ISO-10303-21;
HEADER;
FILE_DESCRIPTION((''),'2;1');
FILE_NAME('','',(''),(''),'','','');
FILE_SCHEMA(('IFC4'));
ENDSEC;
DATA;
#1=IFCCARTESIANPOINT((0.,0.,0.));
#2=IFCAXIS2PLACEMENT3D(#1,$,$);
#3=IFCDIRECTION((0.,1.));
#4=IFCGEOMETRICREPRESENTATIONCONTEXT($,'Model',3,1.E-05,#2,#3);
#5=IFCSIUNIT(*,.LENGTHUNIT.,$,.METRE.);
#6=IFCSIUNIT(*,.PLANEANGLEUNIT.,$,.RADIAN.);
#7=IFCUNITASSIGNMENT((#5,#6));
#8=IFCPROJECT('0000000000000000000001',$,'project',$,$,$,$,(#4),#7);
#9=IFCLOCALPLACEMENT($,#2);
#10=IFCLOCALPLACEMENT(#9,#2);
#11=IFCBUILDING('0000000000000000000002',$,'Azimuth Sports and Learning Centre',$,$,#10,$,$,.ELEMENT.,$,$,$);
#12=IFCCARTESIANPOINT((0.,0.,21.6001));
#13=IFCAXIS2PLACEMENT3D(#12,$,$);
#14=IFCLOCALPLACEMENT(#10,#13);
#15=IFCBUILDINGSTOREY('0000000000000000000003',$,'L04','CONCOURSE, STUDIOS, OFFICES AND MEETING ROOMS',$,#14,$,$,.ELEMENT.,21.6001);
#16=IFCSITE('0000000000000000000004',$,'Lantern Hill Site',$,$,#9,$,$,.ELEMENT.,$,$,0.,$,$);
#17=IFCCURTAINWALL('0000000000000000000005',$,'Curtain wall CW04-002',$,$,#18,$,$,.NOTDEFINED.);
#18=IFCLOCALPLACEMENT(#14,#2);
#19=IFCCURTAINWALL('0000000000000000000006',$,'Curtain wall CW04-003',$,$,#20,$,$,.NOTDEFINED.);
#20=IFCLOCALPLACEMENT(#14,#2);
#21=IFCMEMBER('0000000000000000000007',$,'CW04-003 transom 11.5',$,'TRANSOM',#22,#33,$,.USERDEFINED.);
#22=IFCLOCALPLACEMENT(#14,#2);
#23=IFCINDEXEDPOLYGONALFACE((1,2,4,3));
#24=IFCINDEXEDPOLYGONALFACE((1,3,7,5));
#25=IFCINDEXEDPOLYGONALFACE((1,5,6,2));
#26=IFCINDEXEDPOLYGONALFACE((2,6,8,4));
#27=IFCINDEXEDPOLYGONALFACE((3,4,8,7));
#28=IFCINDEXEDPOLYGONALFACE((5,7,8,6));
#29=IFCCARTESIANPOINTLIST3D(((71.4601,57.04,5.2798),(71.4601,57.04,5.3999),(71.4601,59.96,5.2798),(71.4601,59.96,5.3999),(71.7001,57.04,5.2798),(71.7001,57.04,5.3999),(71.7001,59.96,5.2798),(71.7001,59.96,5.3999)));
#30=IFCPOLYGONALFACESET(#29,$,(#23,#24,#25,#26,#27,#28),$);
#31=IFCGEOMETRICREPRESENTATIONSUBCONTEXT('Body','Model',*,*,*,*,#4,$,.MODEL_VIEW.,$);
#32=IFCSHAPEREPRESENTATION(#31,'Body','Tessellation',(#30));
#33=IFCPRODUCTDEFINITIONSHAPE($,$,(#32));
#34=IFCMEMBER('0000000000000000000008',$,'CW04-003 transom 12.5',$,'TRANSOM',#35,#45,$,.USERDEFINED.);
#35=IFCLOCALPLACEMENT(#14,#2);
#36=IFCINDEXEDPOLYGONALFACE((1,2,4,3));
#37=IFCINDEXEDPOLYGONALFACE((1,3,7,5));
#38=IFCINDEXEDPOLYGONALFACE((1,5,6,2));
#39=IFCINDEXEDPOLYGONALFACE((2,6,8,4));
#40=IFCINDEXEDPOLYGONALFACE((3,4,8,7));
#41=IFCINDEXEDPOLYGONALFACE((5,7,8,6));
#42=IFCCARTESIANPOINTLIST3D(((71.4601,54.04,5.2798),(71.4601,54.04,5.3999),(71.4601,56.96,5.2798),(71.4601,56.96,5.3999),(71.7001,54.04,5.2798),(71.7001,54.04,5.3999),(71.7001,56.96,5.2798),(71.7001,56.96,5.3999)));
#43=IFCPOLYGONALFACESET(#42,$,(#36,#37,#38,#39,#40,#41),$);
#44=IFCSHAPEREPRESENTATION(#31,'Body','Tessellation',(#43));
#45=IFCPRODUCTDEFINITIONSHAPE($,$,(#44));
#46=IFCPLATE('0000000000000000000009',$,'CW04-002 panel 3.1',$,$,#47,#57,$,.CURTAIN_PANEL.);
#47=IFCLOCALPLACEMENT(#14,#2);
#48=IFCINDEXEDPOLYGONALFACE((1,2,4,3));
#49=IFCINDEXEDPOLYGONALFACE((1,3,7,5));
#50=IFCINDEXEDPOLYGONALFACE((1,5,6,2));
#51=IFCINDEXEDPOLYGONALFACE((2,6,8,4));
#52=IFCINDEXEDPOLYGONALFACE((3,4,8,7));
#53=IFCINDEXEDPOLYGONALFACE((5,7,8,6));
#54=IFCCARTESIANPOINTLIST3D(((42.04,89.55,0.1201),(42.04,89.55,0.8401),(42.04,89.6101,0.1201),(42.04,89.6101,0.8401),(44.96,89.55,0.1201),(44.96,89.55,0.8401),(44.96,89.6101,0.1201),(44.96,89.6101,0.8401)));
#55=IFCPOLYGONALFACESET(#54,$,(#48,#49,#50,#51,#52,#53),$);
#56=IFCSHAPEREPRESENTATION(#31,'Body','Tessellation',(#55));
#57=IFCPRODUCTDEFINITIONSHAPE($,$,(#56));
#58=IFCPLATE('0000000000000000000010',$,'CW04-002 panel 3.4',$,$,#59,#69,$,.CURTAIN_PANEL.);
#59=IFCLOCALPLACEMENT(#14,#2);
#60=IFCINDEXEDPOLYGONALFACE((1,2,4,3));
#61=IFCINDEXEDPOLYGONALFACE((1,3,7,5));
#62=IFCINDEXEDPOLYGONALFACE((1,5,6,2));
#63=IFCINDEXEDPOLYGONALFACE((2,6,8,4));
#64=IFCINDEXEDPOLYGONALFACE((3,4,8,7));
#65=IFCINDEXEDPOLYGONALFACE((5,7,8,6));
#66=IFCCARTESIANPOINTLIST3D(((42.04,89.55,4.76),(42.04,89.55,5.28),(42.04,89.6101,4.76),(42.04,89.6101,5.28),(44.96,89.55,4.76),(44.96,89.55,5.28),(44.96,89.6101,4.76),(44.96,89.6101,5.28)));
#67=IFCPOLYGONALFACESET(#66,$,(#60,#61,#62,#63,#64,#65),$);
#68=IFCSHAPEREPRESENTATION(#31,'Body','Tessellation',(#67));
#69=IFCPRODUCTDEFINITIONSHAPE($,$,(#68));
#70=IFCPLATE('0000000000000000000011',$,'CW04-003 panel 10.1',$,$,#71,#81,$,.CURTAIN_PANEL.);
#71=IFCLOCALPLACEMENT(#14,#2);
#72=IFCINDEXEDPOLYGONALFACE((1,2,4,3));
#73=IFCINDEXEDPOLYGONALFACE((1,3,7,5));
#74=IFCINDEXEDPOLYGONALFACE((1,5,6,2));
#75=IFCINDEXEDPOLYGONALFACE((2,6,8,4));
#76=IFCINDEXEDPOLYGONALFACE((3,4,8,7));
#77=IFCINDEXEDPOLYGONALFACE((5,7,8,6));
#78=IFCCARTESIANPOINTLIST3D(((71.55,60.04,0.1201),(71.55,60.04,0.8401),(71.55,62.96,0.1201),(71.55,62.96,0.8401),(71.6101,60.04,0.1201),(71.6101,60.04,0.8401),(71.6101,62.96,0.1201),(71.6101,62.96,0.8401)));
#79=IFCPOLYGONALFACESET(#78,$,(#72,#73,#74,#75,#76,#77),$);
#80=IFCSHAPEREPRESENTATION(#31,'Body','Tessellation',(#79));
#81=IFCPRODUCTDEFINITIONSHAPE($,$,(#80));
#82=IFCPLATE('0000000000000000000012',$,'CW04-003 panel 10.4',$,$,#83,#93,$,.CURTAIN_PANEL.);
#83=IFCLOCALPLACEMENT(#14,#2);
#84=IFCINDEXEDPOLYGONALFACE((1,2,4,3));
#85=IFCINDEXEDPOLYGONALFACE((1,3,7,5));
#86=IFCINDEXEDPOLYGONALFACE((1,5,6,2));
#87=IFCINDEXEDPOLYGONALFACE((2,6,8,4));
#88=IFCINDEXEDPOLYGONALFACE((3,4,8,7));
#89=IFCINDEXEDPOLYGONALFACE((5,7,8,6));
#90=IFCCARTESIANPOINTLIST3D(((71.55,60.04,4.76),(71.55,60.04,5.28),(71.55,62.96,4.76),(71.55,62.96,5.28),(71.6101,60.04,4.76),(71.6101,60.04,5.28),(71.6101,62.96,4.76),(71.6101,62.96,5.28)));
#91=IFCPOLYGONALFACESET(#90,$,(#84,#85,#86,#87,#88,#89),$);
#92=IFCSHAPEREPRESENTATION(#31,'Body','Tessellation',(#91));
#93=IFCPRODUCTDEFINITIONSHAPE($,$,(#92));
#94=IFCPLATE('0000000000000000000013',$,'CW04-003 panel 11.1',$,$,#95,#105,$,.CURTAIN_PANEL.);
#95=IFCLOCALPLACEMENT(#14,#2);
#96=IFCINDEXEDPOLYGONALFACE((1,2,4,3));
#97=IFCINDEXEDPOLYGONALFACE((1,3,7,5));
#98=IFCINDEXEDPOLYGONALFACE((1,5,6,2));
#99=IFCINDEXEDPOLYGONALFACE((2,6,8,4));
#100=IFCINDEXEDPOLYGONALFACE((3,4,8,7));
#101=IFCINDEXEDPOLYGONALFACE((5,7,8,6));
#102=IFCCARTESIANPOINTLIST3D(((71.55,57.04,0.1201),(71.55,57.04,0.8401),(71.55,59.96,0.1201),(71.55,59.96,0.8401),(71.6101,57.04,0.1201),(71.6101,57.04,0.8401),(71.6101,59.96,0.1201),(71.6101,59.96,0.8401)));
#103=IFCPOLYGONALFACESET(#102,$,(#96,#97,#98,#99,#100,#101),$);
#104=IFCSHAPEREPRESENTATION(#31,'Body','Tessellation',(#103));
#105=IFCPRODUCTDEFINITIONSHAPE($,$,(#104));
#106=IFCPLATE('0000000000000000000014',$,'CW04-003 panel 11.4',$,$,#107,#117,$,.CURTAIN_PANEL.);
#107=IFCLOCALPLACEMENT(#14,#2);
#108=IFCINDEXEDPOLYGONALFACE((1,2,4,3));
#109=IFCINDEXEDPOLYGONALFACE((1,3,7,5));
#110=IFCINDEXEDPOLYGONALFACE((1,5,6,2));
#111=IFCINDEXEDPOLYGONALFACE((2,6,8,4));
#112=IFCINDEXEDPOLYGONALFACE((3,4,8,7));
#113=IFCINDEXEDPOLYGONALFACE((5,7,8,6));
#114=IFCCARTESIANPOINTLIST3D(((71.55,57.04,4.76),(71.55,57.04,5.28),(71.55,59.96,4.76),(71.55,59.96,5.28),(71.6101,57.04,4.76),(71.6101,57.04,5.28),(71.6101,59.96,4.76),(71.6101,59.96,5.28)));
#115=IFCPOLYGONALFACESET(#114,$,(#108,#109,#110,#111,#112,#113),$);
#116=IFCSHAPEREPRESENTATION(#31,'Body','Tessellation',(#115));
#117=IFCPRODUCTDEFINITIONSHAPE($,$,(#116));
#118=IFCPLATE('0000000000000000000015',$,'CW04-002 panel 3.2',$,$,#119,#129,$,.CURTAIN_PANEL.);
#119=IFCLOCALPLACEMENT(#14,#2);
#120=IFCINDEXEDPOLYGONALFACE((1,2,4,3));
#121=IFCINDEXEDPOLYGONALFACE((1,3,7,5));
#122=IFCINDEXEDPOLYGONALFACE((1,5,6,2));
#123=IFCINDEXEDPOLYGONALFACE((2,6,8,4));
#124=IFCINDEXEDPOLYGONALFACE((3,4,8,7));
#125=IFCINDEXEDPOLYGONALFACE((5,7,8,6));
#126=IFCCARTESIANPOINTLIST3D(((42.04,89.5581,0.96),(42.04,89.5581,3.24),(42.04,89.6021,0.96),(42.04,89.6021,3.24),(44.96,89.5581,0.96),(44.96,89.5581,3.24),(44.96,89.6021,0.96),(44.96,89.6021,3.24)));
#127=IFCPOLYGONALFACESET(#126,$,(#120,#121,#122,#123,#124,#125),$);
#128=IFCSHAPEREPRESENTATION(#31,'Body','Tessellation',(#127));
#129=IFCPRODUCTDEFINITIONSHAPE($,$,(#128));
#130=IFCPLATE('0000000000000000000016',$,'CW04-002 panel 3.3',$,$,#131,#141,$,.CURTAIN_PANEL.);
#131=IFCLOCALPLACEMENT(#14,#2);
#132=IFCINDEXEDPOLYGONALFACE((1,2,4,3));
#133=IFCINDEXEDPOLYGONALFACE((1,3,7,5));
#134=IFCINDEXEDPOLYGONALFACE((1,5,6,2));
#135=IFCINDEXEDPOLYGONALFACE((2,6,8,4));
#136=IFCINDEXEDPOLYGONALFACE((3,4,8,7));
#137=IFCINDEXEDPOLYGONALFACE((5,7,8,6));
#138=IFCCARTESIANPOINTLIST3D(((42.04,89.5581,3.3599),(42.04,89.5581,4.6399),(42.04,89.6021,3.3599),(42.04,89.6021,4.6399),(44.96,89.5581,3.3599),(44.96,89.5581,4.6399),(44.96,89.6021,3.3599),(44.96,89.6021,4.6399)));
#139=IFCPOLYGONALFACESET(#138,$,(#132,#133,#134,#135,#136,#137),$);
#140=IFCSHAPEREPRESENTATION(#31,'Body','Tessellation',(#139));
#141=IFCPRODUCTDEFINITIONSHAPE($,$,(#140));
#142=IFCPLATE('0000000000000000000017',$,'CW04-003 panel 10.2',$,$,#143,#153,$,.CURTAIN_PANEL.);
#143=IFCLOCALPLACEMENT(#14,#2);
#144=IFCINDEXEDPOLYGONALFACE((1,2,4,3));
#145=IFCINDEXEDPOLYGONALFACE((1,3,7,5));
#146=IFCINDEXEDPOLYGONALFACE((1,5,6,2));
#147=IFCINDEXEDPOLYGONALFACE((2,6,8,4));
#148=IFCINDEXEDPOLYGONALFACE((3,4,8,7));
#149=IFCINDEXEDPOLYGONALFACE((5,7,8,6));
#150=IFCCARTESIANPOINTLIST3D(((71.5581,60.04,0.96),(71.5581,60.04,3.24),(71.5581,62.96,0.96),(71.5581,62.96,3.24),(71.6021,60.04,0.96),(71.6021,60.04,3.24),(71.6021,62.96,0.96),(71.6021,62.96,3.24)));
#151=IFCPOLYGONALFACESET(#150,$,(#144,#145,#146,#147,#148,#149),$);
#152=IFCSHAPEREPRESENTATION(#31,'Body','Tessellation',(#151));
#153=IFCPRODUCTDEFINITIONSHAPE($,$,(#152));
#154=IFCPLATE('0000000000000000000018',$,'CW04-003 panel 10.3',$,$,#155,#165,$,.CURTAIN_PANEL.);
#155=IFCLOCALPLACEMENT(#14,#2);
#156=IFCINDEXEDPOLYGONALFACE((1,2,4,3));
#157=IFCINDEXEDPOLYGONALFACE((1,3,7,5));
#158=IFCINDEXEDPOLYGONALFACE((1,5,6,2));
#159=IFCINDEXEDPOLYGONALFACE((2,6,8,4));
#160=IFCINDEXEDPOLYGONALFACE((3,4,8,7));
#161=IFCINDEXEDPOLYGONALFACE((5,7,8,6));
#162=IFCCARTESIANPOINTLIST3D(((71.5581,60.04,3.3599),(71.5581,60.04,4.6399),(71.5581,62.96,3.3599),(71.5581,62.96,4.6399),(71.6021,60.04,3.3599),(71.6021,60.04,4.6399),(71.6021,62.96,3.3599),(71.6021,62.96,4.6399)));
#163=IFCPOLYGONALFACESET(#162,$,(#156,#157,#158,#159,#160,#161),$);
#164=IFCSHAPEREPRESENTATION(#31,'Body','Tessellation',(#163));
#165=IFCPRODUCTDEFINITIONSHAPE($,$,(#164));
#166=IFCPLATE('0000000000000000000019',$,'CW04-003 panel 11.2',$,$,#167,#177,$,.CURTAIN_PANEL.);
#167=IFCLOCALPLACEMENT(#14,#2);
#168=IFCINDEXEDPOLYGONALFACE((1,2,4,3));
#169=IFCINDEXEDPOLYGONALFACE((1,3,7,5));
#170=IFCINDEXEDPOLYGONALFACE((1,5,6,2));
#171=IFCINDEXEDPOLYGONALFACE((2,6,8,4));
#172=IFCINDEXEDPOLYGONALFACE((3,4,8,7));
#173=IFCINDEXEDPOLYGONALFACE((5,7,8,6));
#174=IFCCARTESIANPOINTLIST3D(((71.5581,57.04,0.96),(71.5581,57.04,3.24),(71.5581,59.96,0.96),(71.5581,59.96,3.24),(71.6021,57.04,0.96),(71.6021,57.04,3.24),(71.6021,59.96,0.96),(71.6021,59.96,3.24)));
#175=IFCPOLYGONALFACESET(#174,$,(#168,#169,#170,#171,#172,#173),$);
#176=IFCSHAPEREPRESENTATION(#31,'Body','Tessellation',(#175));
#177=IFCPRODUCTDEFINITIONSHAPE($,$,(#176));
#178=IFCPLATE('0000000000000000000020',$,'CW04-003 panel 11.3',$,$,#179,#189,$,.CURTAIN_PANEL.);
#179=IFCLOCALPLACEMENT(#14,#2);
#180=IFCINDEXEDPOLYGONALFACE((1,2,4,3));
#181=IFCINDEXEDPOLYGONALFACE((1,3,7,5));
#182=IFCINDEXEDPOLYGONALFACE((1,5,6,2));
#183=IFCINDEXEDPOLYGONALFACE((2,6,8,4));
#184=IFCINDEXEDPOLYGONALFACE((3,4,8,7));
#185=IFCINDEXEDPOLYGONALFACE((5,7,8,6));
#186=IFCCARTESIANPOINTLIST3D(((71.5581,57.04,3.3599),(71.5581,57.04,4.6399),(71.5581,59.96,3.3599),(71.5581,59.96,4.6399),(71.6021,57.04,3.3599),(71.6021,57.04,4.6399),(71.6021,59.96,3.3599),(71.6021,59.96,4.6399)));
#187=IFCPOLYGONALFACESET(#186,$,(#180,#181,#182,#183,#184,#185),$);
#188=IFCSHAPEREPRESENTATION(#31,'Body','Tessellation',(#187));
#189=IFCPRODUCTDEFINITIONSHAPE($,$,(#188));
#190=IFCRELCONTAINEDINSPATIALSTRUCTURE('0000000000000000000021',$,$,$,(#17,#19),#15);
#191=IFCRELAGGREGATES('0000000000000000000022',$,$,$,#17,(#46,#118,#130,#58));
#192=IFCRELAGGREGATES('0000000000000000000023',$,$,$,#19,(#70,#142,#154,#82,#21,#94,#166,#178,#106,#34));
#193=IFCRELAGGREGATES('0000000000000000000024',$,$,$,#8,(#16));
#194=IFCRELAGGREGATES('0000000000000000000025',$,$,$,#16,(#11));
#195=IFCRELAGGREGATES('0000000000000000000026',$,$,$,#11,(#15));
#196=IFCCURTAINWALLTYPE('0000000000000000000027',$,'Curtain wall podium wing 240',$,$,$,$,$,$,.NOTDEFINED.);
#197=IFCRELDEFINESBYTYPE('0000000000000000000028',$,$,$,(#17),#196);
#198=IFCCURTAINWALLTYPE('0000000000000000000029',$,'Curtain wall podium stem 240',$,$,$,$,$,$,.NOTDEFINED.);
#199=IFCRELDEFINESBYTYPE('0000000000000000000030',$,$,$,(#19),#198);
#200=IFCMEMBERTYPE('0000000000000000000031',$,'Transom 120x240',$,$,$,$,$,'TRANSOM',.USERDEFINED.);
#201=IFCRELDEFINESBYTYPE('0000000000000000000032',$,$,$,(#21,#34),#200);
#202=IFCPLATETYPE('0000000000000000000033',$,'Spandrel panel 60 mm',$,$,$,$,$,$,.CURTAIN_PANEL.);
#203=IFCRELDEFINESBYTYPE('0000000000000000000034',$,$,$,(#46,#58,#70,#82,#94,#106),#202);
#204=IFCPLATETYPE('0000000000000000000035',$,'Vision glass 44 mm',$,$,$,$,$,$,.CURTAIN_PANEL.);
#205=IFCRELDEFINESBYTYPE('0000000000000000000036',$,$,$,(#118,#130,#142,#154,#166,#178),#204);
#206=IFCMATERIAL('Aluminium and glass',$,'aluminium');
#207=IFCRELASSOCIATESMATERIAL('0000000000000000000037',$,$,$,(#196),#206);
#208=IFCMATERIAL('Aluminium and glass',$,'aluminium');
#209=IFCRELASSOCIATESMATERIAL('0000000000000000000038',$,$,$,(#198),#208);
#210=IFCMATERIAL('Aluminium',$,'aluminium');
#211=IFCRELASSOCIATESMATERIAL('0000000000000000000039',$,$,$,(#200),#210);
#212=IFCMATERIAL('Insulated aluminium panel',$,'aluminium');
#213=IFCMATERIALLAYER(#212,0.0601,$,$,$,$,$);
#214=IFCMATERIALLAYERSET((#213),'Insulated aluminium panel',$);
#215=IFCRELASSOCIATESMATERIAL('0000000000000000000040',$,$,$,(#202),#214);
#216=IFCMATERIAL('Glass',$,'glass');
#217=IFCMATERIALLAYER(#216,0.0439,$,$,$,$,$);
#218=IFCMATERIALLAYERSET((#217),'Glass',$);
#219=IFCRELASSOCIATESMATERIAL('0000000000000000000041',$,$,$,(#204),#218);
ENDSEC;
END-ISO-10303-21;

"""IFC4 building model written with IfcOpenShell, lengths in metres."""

from ifc_helpers import new_model, si_unit, direction, frame, origin, origin_2d, place, context, subcontext, project, spatial, rectangle, extrude, material, layer, layer_set, material_profile, profile_set, type_object, element, aggregate, save


model = new_model("IFC4")

# Units and contexts
model_context = context("Model", 3, precision=1e-05, world=origin(), true_north=direction((0.0, 1.0)))
body_context = subcontext(model_context, "Body", "Model", "MODEL_VIEW")
ifc_project = project(units=[si_unit("LENGTHUNIT", "METRE"), si_unit("PLANEANGLEUNIT", "RADIAN")], contexts=[model_context])

# Site, building, storey
site_placement = place(None, origin())
site = spatial("IfcSite", under=ifc_project, at=site_placement, Name="Lantern Hill Site", CompositionType="ELEMENT", RefElevation=0.0)
building_placement = place(site_placement, origin())
building = spatial("IfcBuilding", under=site, at=building_placement, Name="Azimuth Sports and Learning Centre", CompositionType="ELEMENT")
storey_placement = place(building_placement, frame((0.0, 0.0, 21.6001)))
storey = spatial("IfcBuildingStorey", under=building, at=storey_placement, Name="L04", Description="CONCOURSE, STUDIOS, OFFICES AND MEETING ROOMS", CompositionType="ELEMENT", Elevation=21.6001)

# Curtain wall
ifc_material_1 = material(Name="Aluminium and glass", Category="aluminium")
curtain_wall_type_1 = type_object("IfcCurtainWallType", Name="Curtain wall podium wing 240", PredefinedType="NOTDEFINED", material=ifc_material_1)
curtain_wall_1_placement = place(storey_placement, origin())
curtain_wall_1 = element("IfcCurtainWall", 1, at=curtain_wall_1_placement, inside=storey, type_object=curtain_wall_type_1, Name="Curtain wall CW04-002", PredefinedType="NOTDEFINED")

# Curtain wall
ifc_material_2 = material(Name="Aluminium and glass", Category="aluminium")
curtain_wall_type_2 = type_object("IfcCurtainWallType", Name="Curtain wall podium stem 240", PredefinedType="NOTDEFINED", material=ifc_material_2)
curtain_wall_2_placement = place(storey_placement, origin())
curtain_wall_2 = element("IfcCurtainWall", 2, at=curtain_wall_2_placement, inside=storey, type_object=curtain_wall_type_2, Name="Curtain wall CW04-003", PredefinedType="NOTDEFINED")

# Members
ifc_material_3 = material(Name="Aluminium", Category="aluminium")
ifc_material_profile_1 = material_profile(ifc_material_3, rectangle(XDim=0.24, YDim=0.1201, at=origin_2d()), Name="Transom 120x240")
ifc_profile_set_1 = profile_set([ifc_material_profile_1], Name="Aluminium")
member_type_1 = type_object("IfcMemberType", Name="Transom 120x240", ElementType="TRANSOM", PredefinedType="USERDEFINED", material=ifc_profile_set_1)
member_1_placement = place(storey_placement, frame((71.5801, 59.96, 5.3398), z_axis=(0.0, -1.0, 0.0), x_axis=(1.0, 0.0, 0.0)))
member_1 = element("IfcMember", 3, at=member_1_placement, type_object=member_type_1, Name="CW04-003 transom 11.5", ObjectType="TRANSOM", PredefinedType="USERDEFINED", context=body_context, shape_type="SweptSolid", body=[
    extrude(rectangle(XDim=0.24, YDim=0.1201, at=origin_2d()), origin(), (0.0, 0.0, 1.0), 2.9199),
])
member_2_placement = place(storey_placement, frame((71.5801, 56.96, 5.3398), z_axis=(0.0, -1.0, 0.0), x_axis=(1.0, 0.0, 0.0)))
member_2 = element("IfcMember", 4, at=member_2_placement, type_object=member_type_1, Name="CW04-003 transom 12.5", ObjectType="TRANSOM", PredefinedType="USERDEFINED", context=body_context, shape_type="SweptSolid", body=[
    extrude(rectangle(XDim=0.24, YDim=0.1201, at=origin_2d()), origin(), (0.0, 0.0, 1.0), 2.9199),
])

# Plates
ifc_material_4 = material(Name="Insulated aluminium panel", Category="aluminium")
ifc_layer_1 = layer(ifc_material_4, 0.0601)
ifc_layer_set_1 = layer_set([ifc_layer_1], Name="Insulated aluminium panel")
plate_type_1 = type_object("IfcPlateType", Name="Spandrel panel 60 mm", PredefinedType="CURTAIN_PANEL", material=ifc_layer_set_1)
plate_1_placement = place(storey_placement, frame((43.5, 89.5801, 0.1201), z_axis=(0.0, 0.0, 1.0), x_axis=(1.0, 0.0, 0.0)))
plate_1 = element("IfcPlate", 5, at=plate_1_placement, type_object=plate_type_1, Name="CW04-002 panel 3.1", PredefinedType="CURTAIN_PANEL", context=body_context, shape_type="SweptSolid", body=[
    extrude(rectangle(XDim=2.9199, YDim=0.0601, at=origin_2d()), origin(), (0.0, 0.0, 1.0), 0.72),
])
plate_2_placement = place(storey_placement, frame((43.5, 89.5801, 4.76), z_axis=(0.0, 0.0, 1.0), x_axis=(1.0, 0.0, 0.0)))
plate_2 = element("IfcPlate", 6, at=plate_2_placement, type_object=plate_type_1, Name="CW04-002 panel 3.4", PredefinedType="CURTAIN_PANEL", context=body_context, shape_type="SweptSolid", body=[
    extrude(rectangle(XDim=2.9199, YDim=0.0601, at=origin_2d()), origin(), (0.0, 0.0, 1.0), 0.52),
])
plate_3_placement = place(storey_placement, frame((71.5801, 61.5, 0.1201), z_axis=(0.0, 0.0, 1.0), x_axis=(0.0, -1.0, 0.0)))
plate_3 = element("IfcPlate", 7, at=plate_3_placement, type_object=plate_type_1, Name="CW04-003 panel 10.1", PredefinedType="CURTAIN_PANEL", context=body_context, shape_type="SweptSolid", body=[
    extrude(rectangle(XDim=2.9199, YDim=0.0601, at=origin_2d()), origin(), (0.0, 0.0, 1.0), 0.72),
])
plate_4_placement = place(storey_placement, frame((71.5801, 61.5, 4.76), z_axis=(0.0, 0.0, 1.0), x_axis=(0.0, -1.0, 0.0)))
plate_4 = element("IfcPlate", 8, at=plate_4_placement, type_object=plate_type_1, Name="CW04-003 panel 10.4", PredefinedType="CURTAIN_PANEL", context=body_context, shape_type="SweptSolid", body=[
    extrude(rectangle(XDim=2.9199, YDim=0.0601, at=origin_2d()), origin(), (0.0, 0.0, 1.0), 0.52),
])
plate_5_placement = place(storey_placement, frame((71.5801, 58.5, 0.1201), z_axis=(0.0, 0.0, 1.0), x_axis=(0.0, -1.0, 0.0)))
plate_5 = element("IfcPlate", 9, at=plate_5_placement, type_object=plate_type_1, Name="CW04-003 panel 11.1", PredefinedType="CURTAIN_PANEL", context=body_context, shape_type="SweptSolid", body=[
    extrude(rectangle(XDim=2.9199, YDim=0.0601, at=origin_2d()), origin(), (0.0, 0.0, 1.0), 0.72),
])
plate_6_placement = place(storey_placement, frame((71.5801, 58.5, 4.76), z_axis=(0.0, 0.0, 1.0), x_axis=(0.0, -1.0, 0.0)))
plate_6 = element("IfcPlate", 10, at=plate_6_placement, type_object=plate_type_1, Name="CW04-003 panel 11.4", PredefinedType="CURTAIN_PANEL", context=body_context, shape_type="SweptSolid", body=[
    extrude(rectangle(XDim=2.9199, YDim=0.0601, at=origin_2d()), origin(), (0.0, 0.0, 1.0), 0.52),
])
ifc_material_5 = material(Name="Glass", Category="glass")
ifc_layer_2 = layer(ifc_material_5, 0.0439)
ifc_layer_set_2 = layer_set([ifc_layer_2], Name="Glass")
plate_type_2 = type_object("IfcPlateType", Name="Vision glass 44 mm", PredefinedType="CURTAIN_PANEL", material=ifc_layer_set_2)
plate_7_placement = place(storey_placement, frame((43.5, 89.5801, 0.96), z_axis=(0.0, 0.0, 1.0), x_axis=(1.0, 0.0, 0.0)))
plate_7 = element("IfcPlate", 11, at=plate_7_placement, type_object=plate_type_2, Name="CW04-002 panel 3.2", PredefinedType="CURTAIN_PANEL", context=body_context, shape_type="SweptSolid", body=[
    extrude(rectangle(XDim=2.9199, YDim=0.0439, at=origin_2d()), origin(), (0.0, 0.0, 1.0), 2.28),
])
plate_8_placement = place(storey_placement, frame((43.5, 89.5801, 3.3599), z_axis=(0.0, 0.0, 1.0), x_axis=(1.0, 0.0, 0.0)))
plate_8 = element("IfcPlate", 12, at=plate_8_placement, type_object=plate_type_2, Name="CW04-002 panel 3.3", PredefinedType="CURTAIN_PANEL", context=body_context, shape_type="SweptSolid", body=[
    extrude(rectangle(XDim=2.9199, YDim=0.0439, at=origin_2d()), origin(), (0.0, 0.0, 1.0), 1.28),
])
aggregate(curtain_wall_1, [plate_1, plate_7, plate_8, plate_2])
plate_9_placement = place(storey_placement, frame((71.5801, 61.5, 0.96), z_axis=(0.0, 0.0, 1.0), x_axis=(0.0, -1.0, 0.0)))
plate_9 = element("IfcPlate", 13, at=plate_9_placement, type_object=plate_type_2, Name="CW04-003 panel 10.2", PredefinedType="CURTAIN_PANEL", context=body_context, shape_type="SweptSolid", body=[
    extrude(rectangle(XDim=2.9199, YDim=0.0439, at=origin_2d()), origin(), (0.0, 0.0, 1.0), 2.28),
])
plate_10_placement = place(storey_placement, frame((71.5801, 61.5, 3.3599), z_axis=(0.0, 0.0, 1.0), x_axis=(0.0, -1.0, 0.0)))
plate_10 = element("IfcPlate", 14, at=plate_10_placement, type_object=plate_type_2, Name="CW04-003 panel 10.3", PredefinedType="CURTAIN_PANEL", context=body_context, shape_type="SweptSolid", body=[
    extrude(rectangle(XDim=2.9199, YDim=0.0439, at=origin_2d()), origin(), (0.0, 0.0, 1.0), 1.28),
])
plate_11_placement = place(storey_placement, frame((71.5801, 58.5, 0.96), z_axis=(0.0, 0.0, 1.0), x_axis=(0.0, -1.0, 0.0)))
plate_11 = element("IfcPlate", 15, at=plate_11_placement, type_object=plate_type_2, Name="CW04-003 panel 11.2", PredefinedType="CURTAIN_PANEL", context=body_context, shape_type="SweptSolid", body=[
    extrude(rectangle(XDim=2.9199, YDim=0.0439, at=origin_2d()), origin(), (0.0, 0.0, 1.0), 2.28),
])
plate_12_placement = place(storey_placement, frame((71.5801, 58.5, 3.3599), z_axis=(0.0, 0.0, 1.0), x_axis=(0.0, -1.0, 0.0)))
plate_12 = element("IfcPlate", 16, at=plate_12_placement, type_object=plate_type_2, Name="CW04-003 panel 11.3", PredefinedType="CURTAIN_PANEL", context=body_context, shape_type="SweptSolid", body=[
    extrude(rectangle(XDim=2.9199, YDim=0.0439, at=origin_2d()), origin(), (0.0, 0.0, 1.0), 1.28),
])
aggregate(curtain_wall_2, [plate_3, plate_9, plate_10, plate_4, member_1, plate_5, plate_11, plate_12, plate_6, member_2])

save(model, "model.ifc")
